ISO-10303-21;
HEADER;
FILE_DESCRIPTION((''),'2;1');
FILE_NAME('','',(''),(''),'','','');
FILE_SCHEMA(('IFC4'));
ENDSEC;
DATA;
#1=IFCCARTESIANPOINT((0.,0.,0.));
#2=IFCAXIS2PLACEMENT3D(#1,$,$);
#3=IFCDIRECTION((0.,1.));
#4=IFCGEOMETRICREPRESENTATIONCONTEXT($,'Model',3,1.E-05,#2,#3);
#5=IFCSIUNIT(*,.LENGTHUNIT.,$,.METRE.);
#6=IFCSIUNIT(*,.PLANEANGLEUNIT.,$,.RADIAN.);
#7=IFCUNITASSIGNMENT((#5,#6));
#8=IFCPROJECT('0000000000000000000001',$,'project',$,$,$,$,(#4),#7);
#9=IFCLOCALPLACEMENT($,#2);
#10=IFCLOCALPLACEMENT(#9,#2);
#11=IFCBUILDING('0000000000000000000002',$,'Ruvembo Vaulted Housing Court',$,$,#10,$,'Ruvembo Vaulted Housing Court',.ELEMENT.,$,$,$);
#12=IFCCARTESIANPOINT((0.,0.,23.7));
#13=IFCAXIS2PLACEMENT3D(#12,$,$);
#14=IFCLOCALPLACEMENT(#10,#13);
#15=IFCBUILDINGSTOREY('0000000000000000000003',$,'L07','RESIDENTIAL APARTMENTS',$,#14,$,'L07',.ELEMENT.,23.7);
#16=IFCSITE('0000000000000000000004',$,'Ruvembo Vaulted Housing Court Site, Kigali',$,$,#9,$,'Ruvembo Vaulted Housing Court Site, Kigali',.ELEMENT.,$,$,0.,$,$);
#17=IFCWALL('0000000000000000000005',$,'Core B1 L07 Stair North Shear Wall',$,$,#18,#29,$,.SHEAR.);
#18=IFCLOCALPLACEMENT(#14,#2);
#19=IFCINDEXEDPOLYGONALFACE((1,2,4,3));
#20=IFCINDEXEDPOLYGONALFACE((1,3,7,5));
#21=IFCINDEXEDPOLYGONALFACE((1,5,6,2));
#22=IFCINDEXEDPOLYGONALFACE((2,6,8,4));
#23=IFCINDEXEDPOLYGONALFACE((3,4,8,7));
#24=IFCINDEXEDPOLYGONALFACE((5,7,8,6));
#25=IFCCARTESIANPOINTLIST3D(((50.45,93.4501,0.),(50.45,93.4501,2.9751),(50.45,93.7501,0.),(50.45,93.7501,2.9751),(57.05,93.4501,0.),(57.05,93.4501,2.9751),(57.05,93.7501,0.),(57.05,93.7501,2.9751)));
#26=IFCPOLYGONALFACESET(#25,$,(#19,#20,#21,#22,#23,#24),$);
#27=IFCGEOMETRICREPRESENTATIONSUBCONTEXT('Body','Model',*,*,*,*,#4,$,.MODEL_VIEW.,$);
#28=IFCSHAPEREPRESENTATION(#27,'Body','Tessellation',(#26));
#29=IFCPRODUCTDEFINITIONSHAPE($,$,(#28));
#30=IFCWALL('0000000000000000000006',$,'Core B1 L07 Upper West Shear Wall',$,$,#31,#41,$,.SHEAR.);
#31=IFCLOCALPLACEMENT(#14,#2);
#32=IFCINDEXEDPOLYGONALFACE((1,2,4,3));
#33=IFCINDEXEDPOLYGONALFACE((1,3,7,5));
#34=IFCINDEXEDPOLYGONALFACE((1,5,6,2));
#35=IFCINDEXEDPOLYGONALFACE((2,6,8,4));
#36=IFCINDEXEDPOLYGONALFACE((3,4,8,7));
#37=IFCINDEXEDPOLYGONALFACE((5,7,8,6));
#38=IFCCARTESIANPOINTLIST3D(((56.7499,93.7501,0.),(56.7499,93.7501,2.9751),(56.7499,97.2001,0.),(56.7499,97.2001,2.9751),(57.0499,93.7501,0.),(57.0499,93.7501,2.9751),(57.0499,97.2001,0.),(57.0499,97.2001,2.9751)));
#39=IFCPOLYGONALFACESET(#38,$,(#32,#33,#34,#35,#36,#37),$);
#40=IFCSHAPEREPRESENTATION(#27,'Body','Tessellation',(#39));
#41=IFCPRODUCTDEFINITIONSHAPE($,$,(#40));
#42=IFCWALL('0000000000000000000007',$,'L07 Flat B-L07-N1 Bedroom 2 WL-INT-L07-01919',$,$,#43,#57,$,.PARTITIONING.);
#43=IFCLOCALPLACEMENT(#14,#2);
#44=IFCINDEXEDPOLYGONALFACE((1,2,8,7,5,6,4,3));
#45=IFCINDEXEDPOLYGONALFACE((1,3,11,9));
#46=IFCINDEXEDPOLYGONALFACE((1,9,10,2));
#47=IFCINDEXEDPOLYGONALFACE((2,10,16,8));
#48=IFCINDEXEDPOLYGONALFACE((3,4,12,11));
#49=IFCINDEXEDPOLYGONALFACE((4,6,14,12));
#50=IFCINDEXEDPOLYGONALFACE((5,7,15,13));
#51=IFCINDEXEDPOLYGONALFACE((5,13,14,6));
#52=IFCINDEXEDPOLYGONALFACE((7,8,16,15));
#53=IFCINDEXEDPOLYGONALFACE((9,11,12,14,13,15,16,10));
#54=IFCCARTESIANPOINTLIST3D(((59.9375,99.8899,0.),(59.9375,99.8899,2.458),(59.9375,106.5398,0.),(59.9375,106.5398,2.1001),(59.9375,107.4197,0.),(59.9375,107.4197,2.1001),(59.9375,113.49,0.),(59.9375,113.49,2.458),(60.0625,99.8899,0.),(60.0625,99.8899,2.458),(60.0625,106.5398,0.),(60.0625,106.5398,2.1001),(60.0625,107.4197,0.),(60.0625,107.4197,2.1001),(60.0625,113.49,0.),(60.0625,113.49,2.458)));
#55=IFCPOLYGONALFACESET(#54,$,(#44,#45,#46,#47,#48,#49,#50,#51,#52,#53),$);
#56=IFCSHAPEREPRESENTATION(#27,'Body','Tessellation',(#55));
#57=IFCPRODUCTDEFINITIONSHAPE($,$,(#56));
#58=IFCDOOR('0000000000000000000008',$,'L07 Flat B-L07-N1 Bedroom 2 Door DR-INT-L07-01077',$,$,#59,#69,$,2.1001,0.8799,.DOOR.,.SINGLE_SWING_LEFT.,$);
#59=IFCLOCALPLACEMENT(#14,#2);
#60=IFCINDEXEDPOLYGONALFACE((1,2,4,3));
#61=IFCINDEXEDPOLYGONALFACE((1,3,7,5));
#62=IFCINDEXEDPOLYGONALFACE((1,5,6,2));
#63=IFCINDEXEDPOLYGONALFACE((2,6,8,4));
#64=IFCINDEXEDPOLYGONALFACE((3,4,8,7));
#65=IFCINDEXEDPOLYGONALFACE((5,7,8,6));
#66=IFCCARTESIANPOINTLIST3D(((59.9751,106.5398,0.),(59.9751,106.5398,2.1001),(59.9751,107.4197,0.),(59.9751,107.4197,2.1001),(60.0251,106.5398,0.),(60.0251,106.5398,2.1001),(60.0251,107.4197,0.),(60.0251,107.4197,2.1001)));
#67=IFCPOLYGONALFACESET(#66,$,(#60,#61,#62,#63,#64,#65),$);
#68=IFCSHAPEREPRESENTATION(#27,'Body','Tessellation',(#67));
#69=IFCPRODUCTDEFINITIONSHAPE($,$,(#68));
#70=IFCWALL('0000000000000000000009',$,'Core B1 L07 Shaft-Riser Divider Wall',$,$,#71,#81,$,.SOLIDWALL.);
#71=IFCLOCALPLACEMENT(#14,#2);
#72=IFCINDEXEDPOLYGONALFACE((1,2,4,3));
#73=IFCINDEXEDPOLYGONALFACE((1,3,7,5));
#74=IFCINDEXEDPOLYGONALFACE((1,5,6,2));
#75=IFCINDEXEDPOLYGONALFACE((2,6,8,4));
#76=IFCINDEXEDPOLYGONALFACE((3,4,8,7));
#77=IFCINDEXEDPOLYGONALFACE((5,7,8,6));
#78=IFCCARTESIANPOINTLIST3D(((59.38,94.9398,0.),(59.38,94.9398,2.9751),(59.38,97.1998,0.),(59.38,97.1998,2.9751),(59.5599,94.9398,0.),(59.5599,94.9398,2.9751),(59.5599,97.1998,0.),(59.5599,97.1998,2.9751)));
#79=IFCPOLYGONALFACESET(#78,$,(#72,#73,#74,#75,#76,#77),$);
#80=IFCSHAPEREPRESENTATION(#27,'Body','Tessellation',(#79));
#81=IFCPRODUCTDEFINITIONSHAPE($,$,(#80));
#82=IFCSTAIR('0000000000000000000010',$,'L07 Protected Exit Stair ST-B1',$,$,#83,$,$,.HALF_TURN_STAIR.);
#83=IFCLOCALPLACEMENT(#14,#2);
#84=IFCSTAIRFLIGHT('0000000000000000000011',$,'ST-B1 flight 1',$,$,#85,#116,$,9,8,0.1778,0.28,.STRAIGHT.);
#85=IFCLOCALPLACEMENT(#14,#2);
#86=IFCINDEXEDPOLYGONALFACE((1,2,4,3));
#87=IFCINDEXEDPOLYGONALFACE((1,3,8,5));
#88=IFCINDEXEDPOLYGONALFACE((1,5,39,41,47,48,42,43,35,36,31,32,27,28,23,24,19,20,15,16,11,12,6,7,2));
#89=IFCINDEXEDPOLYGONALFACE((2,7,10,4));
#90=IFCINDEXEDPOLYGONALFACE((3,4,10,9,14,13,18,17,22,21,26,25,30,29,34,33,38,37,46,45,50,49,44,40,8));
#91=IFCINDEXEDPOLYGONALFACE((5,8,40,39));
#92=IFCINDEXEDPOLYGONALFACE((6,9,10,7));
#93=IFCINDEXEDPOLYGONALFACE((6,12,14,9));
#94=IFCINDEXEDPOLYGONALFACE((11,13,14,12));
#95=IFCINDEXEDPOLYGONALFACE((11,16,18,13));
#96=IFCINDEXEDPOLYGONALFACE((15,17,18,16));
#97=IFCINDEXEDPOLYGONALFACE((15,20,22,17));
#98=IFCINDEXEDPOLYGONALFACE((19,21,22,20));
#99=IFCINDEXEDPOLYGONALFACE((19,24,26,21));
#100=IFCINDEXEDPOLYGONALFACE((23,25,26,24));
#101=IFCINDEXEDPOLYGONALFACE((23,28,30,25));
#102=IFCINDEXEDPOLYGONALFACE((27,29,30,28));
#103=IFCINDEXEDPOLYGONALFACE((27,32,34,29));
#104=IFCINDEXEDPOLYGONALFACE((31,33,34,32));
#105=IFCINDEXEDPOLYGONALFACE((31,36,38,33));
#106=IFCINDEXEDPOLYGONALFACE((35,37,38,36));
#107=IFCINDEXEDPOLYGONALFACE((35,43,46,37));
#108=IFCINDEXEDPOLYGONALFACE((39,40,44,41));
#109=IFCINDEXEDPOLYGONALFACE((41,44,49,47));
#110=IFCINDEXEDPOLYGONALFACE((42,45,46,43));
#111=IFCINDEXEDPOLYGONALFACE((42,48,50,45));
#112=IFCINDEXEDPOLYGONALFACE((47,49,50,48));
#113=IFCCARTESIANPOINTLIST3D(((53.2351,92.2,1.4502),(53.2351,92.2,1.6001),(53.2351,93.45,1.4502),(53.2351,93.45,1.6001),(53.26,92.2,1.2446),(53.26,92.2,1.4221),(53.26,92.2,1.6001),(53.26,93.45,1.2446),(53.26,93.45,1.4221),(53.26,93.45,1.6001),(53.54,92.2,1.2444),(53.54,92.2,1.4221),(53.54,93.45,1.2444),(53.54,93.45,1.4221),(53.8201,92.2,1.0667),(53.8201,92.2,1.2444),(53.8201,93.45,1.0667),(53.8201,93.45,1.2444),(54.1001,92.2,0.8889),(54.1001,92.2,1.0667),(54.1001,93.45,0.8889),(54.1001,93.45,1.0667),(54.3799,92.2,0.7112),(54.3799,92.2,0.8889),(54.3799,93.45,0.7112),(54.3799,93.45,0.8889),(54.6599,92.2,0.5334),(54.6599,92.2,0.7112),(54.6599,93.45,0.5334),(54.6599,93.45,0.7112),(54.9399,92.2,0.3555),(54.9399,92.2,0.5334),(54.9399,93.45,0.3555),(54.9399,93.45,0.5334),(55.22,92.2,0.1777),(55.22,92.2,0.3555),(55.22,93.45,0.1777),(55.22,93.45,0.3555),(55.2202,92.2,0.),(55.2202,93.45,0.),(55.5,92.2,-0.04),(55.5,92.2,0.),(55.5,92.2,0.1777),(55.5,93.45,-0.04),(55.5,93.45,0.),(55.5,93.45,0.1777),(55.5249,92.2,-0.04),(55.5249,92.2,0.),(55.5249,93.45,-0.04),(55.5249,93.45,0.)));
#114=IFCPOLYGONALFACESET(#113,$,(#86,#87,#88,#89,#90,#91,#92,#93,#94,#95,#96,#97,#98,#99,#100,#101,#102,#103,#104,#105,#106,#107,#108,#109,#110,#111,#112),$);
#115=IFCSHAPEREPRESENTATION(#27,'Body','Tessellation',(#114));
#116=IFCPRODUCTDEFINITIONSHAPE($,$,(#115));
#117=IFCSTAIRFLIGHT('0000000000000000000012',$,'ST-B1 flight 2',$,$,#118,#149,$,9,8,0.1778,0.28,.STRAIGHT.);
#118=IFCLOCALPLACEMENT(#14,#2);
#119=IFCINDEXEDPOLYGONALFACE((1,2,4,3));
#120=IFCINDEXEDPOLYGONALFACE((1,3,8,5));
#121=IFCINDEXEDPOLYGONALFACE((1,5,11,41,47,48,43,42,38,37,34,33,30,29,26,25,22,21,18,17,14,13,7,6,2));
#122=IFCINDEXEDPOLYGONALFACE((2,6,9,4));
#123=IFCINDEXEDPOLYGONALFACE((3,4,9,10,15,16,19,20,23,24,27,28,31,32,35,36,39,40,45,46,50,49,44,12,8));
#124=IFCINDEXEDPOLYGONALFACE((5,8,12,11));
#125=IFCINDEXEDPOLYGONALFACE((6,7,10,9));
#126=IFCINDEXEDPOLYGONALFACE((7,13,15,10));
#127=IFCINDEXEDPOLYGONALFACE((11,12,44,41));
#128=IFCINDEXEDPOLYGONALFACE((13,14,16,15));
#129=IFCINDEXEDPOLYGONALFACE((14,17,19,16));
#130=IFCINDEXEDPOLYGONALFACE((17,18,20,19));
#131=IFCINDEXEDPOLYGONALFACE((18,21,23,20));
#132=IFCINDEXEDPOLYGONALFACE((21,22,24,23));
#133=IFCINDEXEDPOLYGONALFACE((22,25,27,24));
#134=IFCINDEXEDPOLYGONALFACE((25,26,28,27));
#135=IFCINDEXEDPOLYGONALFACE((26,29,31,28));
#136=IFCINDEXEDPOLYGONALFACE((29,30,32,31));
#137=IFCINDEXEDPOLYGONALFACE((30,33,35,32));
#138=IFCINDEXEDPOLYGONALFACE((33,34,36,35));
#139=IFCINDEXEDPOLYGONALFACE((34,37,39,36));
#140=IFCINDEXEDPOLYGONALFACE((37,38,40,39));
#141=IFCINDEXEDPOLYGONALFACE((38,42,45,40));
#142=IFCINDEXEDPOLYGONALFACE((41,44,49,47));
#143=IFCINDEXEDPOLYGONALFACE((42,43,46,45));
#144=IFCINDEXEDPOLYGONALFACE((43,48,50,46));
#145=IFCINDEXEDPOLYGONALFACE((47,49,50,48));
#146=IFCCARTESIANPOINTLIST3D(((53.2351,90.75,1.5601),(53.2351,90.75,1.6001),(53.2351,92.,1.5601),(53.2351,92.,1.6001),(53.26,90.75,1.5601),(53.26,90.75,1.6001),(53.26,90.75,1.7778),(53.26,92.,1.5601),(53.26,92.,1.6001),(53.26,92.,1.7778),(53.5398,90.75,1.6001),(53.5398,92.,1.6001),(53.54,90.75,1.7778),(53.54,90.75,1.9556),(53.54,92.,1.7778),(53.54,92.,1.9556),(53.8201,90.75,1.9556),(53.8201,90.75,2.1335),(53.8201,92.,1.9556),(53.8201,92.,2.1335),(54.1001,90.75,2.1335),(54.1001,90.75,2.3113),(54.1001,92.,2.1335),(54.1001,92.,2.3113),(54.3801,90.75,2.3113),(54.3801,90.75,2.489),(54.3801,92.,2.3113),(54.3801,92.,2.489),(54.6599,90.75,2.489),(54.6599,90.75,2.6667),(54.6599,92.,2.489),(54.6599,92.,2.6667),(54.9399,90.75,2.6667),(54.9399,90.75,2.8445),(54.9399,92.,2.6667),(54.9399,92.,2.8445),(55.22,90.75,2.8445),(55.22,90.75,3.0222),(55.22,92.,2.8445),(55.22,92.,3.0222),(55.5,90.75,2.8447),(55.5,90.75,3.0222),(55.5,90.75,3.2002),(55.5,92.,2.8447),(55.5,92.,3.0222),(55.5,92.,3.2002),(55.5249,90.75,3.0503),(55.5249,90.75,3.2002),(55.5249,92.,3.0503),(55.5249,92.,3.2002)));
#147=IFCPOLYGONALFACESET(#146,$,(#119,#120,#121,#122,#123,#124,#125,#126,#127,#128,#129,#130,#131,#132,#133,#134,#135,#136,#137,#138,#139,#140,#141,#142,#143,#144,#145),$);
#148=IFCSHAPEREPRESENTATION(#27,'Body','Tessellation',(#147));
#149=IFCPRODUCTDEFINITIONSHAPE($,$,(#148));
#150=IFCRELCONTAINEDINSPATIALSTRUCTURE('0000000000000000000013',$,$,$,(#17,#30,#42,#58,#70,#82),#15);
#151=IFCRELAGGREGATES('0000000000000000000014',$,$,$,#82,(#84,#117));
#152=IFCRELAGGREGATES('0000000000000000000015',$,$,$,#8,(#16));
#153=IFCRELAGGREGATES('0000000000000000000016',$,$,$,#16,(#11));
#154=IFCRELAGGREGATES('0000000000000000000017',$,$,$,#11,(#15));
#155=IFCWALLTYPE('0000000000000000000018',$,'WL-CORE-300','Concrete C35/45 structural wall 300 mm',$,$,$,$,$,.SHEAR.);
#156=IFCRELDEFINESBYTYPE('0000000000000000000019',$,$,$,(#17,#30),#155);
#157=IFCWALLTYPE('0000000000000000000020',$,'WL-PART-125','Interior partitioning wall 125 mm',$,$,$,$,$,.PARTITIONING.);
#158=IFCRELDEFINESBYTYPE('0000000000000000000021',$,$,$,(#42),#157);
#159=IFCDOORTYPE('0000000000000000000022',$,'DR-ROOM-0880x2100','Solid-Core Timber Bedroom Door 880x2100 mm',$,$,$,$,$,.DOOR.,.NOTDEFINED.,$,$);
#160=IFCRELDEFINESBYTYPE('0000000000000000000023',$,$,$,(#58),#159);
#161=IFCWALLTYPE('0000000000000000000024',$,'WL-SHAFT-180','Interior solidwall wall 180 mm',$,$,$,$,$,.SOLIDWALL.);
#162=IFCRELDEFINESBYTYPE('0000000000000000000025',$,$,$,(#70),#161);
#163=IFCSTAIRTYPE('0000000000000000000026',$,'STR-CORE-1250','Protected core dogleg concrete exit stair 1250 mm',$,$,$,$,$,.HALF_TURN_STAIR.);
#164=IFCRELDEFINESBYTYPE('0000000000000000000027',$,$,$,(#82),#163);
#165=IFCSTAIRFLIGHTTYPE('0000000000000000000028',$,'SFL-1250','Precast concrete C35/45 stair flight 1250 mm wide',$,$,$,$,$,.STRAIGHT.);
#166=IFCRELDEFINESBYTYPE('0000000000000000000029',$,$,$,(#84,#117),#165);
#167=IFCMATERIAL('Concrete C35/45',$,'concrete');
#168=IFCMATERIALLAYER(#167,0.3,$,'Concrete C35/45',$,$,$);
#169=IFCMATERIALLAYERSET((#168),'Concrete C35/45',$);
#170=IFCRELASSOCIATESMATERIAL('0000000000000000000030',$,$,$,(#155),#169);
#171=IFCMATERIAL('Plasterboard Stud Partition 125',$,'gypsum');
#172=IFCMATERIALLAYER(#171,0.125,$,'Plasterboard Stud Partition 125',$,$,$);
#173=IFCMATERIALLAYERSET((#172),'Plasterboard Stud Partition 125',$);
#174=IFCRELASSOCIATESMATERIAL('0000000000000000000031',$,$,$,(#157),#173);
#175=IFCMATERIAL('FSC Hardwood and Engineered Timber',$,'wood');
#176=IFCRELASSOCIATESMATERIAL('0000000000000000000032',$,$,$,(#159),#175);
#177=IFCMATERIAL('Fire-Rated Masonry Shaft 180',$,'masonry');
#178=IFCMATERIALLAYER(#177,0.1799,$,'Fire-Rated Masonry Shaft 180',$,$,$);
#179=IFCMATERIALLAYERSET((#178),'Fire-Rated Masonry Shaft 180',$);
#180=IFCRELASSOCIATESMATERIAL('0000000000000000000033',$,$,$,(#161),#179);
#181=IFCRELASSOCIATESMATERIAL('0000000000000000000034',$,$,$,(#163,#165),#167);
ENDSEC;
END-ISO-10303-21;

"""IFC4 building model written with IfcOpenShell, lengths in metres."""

from ifc_helpers import new_model, si_unit, direction, frame, frame_2d, origin, place, context, subcontext, project, spatial, polyline, rectangle, outline, extrude, material, layer, layer_set, type_object, element, fill, aggregate, save


model = new_model("IFC4")

# Units and contexts
model_context = context("Model", 3, precision=1e-05, world=origin(), true_north=direction((0.0, 1.0)))
body_context = subcontext(model_context, "Body", "Model", "MODEL_VIEW")
ifc_project = project(units=[si_unit("LENGTHUNIT", "METRE"), si_unit("PLANEANGLEUNIT", "RADIAN")], contexts=[model_context])

# Site, building, storey
site_placement = place(None, origin())
site = spatial("IfcSite", under=ifc_project, at=site_placement, Name="Ruvembo Vaulted Housing Court Site, Kigali", LongName="Ruvembo Vaulted Housing Court Site, Kigali", CompositionType="ELEMENT", RefElevation=0.0)
building_placement = place(site_placement, origin())
building = spatial("IfcBuilding", under=site, at=building_placement, Name="Ruvembo Vaulted Housing Court", LongName="Ruvembo Vaulted Housing Court", CompositionType="ELEMENT")
storey_placement = place(building_placement, frame((0.0, 0.0, 23.7)))
storey = spatial("IfcBuildingStorey", under=building, at=storey_placement, Name="L07", Description="RESIDENTIAL APARTMENTS", LongName="L07", CompositionType="ELEMENT", Elevation=23.7)

# Walls
ifc_material_1 = material(Name="Concrete C35/45", Category="concrete")
ifc_layer_1 = layer(ifc_material_1, 0.3, Name="Concrete C35/45")
ifc_layer_set_1 = layer_set([ifc_layer_1], Name="Concrete C35/45")
wall_type_1 = type_object("IfcWallType", Name="WL-CORE-300", Description="Concrete C35/45 structural wall 300 mm", PredefinedType="SHEAR", material=ifc_layer_set_1)
wall_1_placement = place(storey_placement, frame((57.05, 93.6001, 0.0), z_axis=(0.0, 0.0, 1.0), x_axis=(-1.0, 0.0, 0.0)))
element("IfcWall", 1, at=wall_1_placement, inside=storey, type_object=wall_type_1, Name="Core B1 L07 Stair North Shear Wall", PredefinedType="SHEAR", context=body_context, shape_type="SweptSolid", body=[
    extrude(rectangle(XDim=6.6001, YDim=0.3, at=frame_2d((3.3, 0.0))), origin(), (0.0, 0.0, 1.0), 2.9751),
])
wall_2_placement = place(storey_placement, frame((56.8999, 93.75, 0.0), z_axis=(0.0, 0.0, 1.0), x_axis=(0.0, 1.0, 0.0)))
element("IfcWall", 2, at=wall_2_placement, inside=storey, type_object=wall_type_1, Name="Core B1 L07 Upper West Shear Wall", PredefinedType="SHEAR", context=body_context, shape_type="SweptSolid", body=[
    extrude(rectangle(XDim=3.45, YDim=0.3, at=frame_2d((1.7251, 0.0))), origin(), (0.0, 0.0, 1.0), 2.9751),
])

# Wall, opening, door
ifc_material_2 = material(Name="Plasterboard Stud Partition 125", Category="gypsum")
ifc_layer_2 = layer(ifc_material_2, 0.125, Name="Plasterboard Stud Partition 125")
ifc_layer_set_2 = layer_set([ifc_layer_2], Name="Plasterboard Stud Partition 125")
wall_type_2 = type_object("IfcWallType", Name="WL-PART-125", Description="Interior partitioning wall 125 mm", PredefinedType="PARTITIONING", material=ifc_layer_set_2)
wall_3_placement = place(storey_placement, frame((60.0, 99.8899, 0.0), z_axis=(0.0, 0.0, 1.0), x_axis=(0.0, 1.0, 0.0)))
wall_3 = element("IfcWall", 3, at=wall_3_placement, inside=storey, type_object=wall_type_2, Name="L07 Flat B-L07-N1 Bedroom 2 WL-INT-L07-01919", PredefinedType="PARTITIONING", context=body_context, shape_type="SweptSolid", body=[
    extrude(rectangle(XDim=13.6001, YDim=0.125, at=frame_2d((6.8, 0.0))), origin(), (0.0, 0.0, 1.0), 2.458),
])
opening_1_placement = place(wall_3_placement, frame((6.6499, 0.0, 0.0)))
opening_1 = element("IfcOpeningElement", 4, at=opening_1_placement, cuts=wall_3, PredefinedType="OPENING", context=body_context, shape_type="SweptSolid", body=[
    extrude(rectangle(XDim=0.8799, YDim=2.1001, at=frame_2d((0.4399, 1.05))), frame((0.0, 0.0725, 0.0), z_axis=(0.0, -1.0, 0.0), x_axis=(1.0, 0.0, 0.0)), (0.0, 0.0, 1.0), 0.145),
])
ifc_material_3 = material(Name="FSC Hardwood and Engineered Timber", Category="wood")
door_type_1 = type_object("IfcDoorType", Name="DR-ROOM-0880x2100", Description="Solid-Core Timber Bedroom Door 880x2100 mm", OperationType="NOTDEFINED", PredefinedType="DOOR", material=ifc_material_3)
door_1_placement = place(opening_1_placement, origin())
door_1 = element("IfcDoor", 5, at=door_1_placement, inside=storey, type_object=door_type_1, Name="L07 Flat B-L07-N1 Bedroom 2 Door DR-INT-L07-01077", OperationType="SINGLE_SWING_LEFT", OverallHeight=2.1001, OverallWidth=0.8799, PredefinedType="DOOR", context=body_context, shape_type="SweptSolid", body=[
    extrude(rectangle(XDim=0.8799, YDim=2.1001, at=frame_2d((0.4399, 1.05))), frame((0.0, 0.0249, 0.0), z_axis=(0.0, -1.0, 0.0), x_axis=(1.0, 0.0, 0.0)), (0.0, 0.0, 1.0), 0.05),
])
fill(opening_1, door_1)

# Shared definitions
ifc_material_4 = material(Name="Fire-Rated Masonry Shaft 180", Category="masonry")
ifc_layer_3 = layer(ifc_material_4, 0.1799, Name="Fire-Rated Masonry Shaft 180")
ifc_layer_set_3 = layer_set([ifc_layer_3], Name="Fire-Rated Masonry Shaft 180")
wall_type_3 = type_object("IfcWallType", Name="WL-SHAFT-180", Description="Interior solidwall wall 180 mm", PredefinedType="SOLIDWALL", material=ifc_layer_set_3)

# Wall
wall_4_placement = place(storey_placement, frame((59.47, 94.9399, 0.0), z_axis=(0.0, 0.0, 1.0), x_axis=(0.0, 1.0, 0.0)))
element("IfcWall", 6, at=wall_4_placement, inside=storey, type_object=wall_type_3, Name="Core B1 L07 Shaft-Riser Divider Wall", PredefinedType="SOLIDWALL", context=body_context, shape_type="SweptSolid", body=[
    extrude(rectangle(XDim=2.26, YDim=0.1799, at=frame_2d((1.1299, 0.0))), origin(), (0.0, 0.0, 1.0), 2.9751),
])

# Stair, stair flights
stair_type = type_object("IfcStairType", Name="STR-CORE-1250", Description="Protected core dogleg concrete exit stair 1250 mm", PredefinedType="HALF_TURN_STAIR", material=ifc_material_1)
stair_placement = place(storey_placement, origin())
stair = element("IfcStair", 7, at=stair_placement, inside=storey, type_object=stair_type, Name="L07 Protected Exit Stair ST-B1", PredefinedType="HALF_TURN_STAIR")
stair_flight_type = type_object("IfcStairFlightType", Name="SFL-1250", Description="Precast concrete C35/45 stair flight 1250 mm wide", PredefinedType="STRAIGHT", material=ifc_material_1)
stair_flight_1_placement = place(storey_placement, frame((55.5, 92.825, 0.0), z_axis=(0.0, 0.0, 1.0), x_axis=(-1.0, 0.0, 0.0)))
stair_flight_1 = element("IfcStairFlight", 8, at=stair_flight_1_placement, type_object=stair_flight_type, Name="ST-B1 flight 1", NumberOfRisers=9, NumberOfTreads=8, PredefinedType="STRAIGHT", RiserHeight=0.1778, TreadLength=0.28, context=body_context, shape_type="SweptSolid", body=[
    extrude(outline(polyline([(-0.0249, -0.04), (-0.0249, 0.0), (0.0, 0.0), (0.0, 0.1777), (0.28, 0.1777), (0.28, 0.3555), (0.5601, 0.3555), (0.5601, 0.5334), (0.8401, 0.5334), (0.8401, 0.7112), (1.1201, 0.7112), (1.1201, 0.8889), (1.3999, 0.8889), (1.3999, 1.0667), (1.6799, 1.0667), (1.6799, 1.2444), (1.96, 1.2444), (1.96, 1.4221), (2.24, 1.4221), (2.24, 1.6001), (2.2649, 1.6001), (2.2649, 1.4502), (2.24, 1.2446), (0.2798, 0.0), (0.0, -0.04), (-0.0249, -0.04)])), frame((0.0, 0.625, 0.0), z_axis=(0.0, -1.0, 0.0), x_axis=(1.0, 0.0, 0.0)), (0.0, 0.0, 1.0), 1.25),
])
stair_flight_2_placement = place(storey_placement, frame((53.26, 91.375, 1.6001), z_axis=(0.0, 0.0, 1.0), x_axis=(1.0, 0.0, 0.0)))
stair_flight_2 = element("IfcStairFlight", 9, at=stair_flight_2_placement, type_object=stair_flight_type, Name="ST-B1 flight 2", NumberOfRisers=9, NumberOfTreads=8, PredefinedType="STRAIGHT", RiserHeight=0.1778, TreadLength=0.28, context=body_context, shape_type="SweptSolid", body=[
    extrude(outline(polyline([(-0.0249, -0.04), (-0.0249, 0.0), (0.0, 0.0), (0.0, 0.1777), (0.28, 0.1777), (0.28, 0.3555), (0.5601, 0.3555), (0.5601, 0.5334), (0.8401, 0.5334), (0.8401, 0.7112), (1.1201, 0.7112), (1.1201, 0.8889), (1.3999, 0.8889), (1.3999, 1.0667), (1.6799, 1.0667), (1.6799, 1.2444), (1.96, 1.2444), (1.96, 1.4221), (2.24, 1.4221), (2.24, 1.6001), (2.2649, 1.6001), (2.2649, 1.4502), (2.24, 1.2446), (0.2798, 0.0), (0.0, -0.04), (-0.0249, -0.04)])), frame((0.0, 0.625, 0.0), z_axis=(0.0, -1.0, 0.0), x_axis=(1.0, 0.0, 0.0)), (0.0, 0.0, 1.0), 1.25),
])
aggregate(stair, [stair_flight_1, stair_flight_2])

save(model, "model.ifc")
